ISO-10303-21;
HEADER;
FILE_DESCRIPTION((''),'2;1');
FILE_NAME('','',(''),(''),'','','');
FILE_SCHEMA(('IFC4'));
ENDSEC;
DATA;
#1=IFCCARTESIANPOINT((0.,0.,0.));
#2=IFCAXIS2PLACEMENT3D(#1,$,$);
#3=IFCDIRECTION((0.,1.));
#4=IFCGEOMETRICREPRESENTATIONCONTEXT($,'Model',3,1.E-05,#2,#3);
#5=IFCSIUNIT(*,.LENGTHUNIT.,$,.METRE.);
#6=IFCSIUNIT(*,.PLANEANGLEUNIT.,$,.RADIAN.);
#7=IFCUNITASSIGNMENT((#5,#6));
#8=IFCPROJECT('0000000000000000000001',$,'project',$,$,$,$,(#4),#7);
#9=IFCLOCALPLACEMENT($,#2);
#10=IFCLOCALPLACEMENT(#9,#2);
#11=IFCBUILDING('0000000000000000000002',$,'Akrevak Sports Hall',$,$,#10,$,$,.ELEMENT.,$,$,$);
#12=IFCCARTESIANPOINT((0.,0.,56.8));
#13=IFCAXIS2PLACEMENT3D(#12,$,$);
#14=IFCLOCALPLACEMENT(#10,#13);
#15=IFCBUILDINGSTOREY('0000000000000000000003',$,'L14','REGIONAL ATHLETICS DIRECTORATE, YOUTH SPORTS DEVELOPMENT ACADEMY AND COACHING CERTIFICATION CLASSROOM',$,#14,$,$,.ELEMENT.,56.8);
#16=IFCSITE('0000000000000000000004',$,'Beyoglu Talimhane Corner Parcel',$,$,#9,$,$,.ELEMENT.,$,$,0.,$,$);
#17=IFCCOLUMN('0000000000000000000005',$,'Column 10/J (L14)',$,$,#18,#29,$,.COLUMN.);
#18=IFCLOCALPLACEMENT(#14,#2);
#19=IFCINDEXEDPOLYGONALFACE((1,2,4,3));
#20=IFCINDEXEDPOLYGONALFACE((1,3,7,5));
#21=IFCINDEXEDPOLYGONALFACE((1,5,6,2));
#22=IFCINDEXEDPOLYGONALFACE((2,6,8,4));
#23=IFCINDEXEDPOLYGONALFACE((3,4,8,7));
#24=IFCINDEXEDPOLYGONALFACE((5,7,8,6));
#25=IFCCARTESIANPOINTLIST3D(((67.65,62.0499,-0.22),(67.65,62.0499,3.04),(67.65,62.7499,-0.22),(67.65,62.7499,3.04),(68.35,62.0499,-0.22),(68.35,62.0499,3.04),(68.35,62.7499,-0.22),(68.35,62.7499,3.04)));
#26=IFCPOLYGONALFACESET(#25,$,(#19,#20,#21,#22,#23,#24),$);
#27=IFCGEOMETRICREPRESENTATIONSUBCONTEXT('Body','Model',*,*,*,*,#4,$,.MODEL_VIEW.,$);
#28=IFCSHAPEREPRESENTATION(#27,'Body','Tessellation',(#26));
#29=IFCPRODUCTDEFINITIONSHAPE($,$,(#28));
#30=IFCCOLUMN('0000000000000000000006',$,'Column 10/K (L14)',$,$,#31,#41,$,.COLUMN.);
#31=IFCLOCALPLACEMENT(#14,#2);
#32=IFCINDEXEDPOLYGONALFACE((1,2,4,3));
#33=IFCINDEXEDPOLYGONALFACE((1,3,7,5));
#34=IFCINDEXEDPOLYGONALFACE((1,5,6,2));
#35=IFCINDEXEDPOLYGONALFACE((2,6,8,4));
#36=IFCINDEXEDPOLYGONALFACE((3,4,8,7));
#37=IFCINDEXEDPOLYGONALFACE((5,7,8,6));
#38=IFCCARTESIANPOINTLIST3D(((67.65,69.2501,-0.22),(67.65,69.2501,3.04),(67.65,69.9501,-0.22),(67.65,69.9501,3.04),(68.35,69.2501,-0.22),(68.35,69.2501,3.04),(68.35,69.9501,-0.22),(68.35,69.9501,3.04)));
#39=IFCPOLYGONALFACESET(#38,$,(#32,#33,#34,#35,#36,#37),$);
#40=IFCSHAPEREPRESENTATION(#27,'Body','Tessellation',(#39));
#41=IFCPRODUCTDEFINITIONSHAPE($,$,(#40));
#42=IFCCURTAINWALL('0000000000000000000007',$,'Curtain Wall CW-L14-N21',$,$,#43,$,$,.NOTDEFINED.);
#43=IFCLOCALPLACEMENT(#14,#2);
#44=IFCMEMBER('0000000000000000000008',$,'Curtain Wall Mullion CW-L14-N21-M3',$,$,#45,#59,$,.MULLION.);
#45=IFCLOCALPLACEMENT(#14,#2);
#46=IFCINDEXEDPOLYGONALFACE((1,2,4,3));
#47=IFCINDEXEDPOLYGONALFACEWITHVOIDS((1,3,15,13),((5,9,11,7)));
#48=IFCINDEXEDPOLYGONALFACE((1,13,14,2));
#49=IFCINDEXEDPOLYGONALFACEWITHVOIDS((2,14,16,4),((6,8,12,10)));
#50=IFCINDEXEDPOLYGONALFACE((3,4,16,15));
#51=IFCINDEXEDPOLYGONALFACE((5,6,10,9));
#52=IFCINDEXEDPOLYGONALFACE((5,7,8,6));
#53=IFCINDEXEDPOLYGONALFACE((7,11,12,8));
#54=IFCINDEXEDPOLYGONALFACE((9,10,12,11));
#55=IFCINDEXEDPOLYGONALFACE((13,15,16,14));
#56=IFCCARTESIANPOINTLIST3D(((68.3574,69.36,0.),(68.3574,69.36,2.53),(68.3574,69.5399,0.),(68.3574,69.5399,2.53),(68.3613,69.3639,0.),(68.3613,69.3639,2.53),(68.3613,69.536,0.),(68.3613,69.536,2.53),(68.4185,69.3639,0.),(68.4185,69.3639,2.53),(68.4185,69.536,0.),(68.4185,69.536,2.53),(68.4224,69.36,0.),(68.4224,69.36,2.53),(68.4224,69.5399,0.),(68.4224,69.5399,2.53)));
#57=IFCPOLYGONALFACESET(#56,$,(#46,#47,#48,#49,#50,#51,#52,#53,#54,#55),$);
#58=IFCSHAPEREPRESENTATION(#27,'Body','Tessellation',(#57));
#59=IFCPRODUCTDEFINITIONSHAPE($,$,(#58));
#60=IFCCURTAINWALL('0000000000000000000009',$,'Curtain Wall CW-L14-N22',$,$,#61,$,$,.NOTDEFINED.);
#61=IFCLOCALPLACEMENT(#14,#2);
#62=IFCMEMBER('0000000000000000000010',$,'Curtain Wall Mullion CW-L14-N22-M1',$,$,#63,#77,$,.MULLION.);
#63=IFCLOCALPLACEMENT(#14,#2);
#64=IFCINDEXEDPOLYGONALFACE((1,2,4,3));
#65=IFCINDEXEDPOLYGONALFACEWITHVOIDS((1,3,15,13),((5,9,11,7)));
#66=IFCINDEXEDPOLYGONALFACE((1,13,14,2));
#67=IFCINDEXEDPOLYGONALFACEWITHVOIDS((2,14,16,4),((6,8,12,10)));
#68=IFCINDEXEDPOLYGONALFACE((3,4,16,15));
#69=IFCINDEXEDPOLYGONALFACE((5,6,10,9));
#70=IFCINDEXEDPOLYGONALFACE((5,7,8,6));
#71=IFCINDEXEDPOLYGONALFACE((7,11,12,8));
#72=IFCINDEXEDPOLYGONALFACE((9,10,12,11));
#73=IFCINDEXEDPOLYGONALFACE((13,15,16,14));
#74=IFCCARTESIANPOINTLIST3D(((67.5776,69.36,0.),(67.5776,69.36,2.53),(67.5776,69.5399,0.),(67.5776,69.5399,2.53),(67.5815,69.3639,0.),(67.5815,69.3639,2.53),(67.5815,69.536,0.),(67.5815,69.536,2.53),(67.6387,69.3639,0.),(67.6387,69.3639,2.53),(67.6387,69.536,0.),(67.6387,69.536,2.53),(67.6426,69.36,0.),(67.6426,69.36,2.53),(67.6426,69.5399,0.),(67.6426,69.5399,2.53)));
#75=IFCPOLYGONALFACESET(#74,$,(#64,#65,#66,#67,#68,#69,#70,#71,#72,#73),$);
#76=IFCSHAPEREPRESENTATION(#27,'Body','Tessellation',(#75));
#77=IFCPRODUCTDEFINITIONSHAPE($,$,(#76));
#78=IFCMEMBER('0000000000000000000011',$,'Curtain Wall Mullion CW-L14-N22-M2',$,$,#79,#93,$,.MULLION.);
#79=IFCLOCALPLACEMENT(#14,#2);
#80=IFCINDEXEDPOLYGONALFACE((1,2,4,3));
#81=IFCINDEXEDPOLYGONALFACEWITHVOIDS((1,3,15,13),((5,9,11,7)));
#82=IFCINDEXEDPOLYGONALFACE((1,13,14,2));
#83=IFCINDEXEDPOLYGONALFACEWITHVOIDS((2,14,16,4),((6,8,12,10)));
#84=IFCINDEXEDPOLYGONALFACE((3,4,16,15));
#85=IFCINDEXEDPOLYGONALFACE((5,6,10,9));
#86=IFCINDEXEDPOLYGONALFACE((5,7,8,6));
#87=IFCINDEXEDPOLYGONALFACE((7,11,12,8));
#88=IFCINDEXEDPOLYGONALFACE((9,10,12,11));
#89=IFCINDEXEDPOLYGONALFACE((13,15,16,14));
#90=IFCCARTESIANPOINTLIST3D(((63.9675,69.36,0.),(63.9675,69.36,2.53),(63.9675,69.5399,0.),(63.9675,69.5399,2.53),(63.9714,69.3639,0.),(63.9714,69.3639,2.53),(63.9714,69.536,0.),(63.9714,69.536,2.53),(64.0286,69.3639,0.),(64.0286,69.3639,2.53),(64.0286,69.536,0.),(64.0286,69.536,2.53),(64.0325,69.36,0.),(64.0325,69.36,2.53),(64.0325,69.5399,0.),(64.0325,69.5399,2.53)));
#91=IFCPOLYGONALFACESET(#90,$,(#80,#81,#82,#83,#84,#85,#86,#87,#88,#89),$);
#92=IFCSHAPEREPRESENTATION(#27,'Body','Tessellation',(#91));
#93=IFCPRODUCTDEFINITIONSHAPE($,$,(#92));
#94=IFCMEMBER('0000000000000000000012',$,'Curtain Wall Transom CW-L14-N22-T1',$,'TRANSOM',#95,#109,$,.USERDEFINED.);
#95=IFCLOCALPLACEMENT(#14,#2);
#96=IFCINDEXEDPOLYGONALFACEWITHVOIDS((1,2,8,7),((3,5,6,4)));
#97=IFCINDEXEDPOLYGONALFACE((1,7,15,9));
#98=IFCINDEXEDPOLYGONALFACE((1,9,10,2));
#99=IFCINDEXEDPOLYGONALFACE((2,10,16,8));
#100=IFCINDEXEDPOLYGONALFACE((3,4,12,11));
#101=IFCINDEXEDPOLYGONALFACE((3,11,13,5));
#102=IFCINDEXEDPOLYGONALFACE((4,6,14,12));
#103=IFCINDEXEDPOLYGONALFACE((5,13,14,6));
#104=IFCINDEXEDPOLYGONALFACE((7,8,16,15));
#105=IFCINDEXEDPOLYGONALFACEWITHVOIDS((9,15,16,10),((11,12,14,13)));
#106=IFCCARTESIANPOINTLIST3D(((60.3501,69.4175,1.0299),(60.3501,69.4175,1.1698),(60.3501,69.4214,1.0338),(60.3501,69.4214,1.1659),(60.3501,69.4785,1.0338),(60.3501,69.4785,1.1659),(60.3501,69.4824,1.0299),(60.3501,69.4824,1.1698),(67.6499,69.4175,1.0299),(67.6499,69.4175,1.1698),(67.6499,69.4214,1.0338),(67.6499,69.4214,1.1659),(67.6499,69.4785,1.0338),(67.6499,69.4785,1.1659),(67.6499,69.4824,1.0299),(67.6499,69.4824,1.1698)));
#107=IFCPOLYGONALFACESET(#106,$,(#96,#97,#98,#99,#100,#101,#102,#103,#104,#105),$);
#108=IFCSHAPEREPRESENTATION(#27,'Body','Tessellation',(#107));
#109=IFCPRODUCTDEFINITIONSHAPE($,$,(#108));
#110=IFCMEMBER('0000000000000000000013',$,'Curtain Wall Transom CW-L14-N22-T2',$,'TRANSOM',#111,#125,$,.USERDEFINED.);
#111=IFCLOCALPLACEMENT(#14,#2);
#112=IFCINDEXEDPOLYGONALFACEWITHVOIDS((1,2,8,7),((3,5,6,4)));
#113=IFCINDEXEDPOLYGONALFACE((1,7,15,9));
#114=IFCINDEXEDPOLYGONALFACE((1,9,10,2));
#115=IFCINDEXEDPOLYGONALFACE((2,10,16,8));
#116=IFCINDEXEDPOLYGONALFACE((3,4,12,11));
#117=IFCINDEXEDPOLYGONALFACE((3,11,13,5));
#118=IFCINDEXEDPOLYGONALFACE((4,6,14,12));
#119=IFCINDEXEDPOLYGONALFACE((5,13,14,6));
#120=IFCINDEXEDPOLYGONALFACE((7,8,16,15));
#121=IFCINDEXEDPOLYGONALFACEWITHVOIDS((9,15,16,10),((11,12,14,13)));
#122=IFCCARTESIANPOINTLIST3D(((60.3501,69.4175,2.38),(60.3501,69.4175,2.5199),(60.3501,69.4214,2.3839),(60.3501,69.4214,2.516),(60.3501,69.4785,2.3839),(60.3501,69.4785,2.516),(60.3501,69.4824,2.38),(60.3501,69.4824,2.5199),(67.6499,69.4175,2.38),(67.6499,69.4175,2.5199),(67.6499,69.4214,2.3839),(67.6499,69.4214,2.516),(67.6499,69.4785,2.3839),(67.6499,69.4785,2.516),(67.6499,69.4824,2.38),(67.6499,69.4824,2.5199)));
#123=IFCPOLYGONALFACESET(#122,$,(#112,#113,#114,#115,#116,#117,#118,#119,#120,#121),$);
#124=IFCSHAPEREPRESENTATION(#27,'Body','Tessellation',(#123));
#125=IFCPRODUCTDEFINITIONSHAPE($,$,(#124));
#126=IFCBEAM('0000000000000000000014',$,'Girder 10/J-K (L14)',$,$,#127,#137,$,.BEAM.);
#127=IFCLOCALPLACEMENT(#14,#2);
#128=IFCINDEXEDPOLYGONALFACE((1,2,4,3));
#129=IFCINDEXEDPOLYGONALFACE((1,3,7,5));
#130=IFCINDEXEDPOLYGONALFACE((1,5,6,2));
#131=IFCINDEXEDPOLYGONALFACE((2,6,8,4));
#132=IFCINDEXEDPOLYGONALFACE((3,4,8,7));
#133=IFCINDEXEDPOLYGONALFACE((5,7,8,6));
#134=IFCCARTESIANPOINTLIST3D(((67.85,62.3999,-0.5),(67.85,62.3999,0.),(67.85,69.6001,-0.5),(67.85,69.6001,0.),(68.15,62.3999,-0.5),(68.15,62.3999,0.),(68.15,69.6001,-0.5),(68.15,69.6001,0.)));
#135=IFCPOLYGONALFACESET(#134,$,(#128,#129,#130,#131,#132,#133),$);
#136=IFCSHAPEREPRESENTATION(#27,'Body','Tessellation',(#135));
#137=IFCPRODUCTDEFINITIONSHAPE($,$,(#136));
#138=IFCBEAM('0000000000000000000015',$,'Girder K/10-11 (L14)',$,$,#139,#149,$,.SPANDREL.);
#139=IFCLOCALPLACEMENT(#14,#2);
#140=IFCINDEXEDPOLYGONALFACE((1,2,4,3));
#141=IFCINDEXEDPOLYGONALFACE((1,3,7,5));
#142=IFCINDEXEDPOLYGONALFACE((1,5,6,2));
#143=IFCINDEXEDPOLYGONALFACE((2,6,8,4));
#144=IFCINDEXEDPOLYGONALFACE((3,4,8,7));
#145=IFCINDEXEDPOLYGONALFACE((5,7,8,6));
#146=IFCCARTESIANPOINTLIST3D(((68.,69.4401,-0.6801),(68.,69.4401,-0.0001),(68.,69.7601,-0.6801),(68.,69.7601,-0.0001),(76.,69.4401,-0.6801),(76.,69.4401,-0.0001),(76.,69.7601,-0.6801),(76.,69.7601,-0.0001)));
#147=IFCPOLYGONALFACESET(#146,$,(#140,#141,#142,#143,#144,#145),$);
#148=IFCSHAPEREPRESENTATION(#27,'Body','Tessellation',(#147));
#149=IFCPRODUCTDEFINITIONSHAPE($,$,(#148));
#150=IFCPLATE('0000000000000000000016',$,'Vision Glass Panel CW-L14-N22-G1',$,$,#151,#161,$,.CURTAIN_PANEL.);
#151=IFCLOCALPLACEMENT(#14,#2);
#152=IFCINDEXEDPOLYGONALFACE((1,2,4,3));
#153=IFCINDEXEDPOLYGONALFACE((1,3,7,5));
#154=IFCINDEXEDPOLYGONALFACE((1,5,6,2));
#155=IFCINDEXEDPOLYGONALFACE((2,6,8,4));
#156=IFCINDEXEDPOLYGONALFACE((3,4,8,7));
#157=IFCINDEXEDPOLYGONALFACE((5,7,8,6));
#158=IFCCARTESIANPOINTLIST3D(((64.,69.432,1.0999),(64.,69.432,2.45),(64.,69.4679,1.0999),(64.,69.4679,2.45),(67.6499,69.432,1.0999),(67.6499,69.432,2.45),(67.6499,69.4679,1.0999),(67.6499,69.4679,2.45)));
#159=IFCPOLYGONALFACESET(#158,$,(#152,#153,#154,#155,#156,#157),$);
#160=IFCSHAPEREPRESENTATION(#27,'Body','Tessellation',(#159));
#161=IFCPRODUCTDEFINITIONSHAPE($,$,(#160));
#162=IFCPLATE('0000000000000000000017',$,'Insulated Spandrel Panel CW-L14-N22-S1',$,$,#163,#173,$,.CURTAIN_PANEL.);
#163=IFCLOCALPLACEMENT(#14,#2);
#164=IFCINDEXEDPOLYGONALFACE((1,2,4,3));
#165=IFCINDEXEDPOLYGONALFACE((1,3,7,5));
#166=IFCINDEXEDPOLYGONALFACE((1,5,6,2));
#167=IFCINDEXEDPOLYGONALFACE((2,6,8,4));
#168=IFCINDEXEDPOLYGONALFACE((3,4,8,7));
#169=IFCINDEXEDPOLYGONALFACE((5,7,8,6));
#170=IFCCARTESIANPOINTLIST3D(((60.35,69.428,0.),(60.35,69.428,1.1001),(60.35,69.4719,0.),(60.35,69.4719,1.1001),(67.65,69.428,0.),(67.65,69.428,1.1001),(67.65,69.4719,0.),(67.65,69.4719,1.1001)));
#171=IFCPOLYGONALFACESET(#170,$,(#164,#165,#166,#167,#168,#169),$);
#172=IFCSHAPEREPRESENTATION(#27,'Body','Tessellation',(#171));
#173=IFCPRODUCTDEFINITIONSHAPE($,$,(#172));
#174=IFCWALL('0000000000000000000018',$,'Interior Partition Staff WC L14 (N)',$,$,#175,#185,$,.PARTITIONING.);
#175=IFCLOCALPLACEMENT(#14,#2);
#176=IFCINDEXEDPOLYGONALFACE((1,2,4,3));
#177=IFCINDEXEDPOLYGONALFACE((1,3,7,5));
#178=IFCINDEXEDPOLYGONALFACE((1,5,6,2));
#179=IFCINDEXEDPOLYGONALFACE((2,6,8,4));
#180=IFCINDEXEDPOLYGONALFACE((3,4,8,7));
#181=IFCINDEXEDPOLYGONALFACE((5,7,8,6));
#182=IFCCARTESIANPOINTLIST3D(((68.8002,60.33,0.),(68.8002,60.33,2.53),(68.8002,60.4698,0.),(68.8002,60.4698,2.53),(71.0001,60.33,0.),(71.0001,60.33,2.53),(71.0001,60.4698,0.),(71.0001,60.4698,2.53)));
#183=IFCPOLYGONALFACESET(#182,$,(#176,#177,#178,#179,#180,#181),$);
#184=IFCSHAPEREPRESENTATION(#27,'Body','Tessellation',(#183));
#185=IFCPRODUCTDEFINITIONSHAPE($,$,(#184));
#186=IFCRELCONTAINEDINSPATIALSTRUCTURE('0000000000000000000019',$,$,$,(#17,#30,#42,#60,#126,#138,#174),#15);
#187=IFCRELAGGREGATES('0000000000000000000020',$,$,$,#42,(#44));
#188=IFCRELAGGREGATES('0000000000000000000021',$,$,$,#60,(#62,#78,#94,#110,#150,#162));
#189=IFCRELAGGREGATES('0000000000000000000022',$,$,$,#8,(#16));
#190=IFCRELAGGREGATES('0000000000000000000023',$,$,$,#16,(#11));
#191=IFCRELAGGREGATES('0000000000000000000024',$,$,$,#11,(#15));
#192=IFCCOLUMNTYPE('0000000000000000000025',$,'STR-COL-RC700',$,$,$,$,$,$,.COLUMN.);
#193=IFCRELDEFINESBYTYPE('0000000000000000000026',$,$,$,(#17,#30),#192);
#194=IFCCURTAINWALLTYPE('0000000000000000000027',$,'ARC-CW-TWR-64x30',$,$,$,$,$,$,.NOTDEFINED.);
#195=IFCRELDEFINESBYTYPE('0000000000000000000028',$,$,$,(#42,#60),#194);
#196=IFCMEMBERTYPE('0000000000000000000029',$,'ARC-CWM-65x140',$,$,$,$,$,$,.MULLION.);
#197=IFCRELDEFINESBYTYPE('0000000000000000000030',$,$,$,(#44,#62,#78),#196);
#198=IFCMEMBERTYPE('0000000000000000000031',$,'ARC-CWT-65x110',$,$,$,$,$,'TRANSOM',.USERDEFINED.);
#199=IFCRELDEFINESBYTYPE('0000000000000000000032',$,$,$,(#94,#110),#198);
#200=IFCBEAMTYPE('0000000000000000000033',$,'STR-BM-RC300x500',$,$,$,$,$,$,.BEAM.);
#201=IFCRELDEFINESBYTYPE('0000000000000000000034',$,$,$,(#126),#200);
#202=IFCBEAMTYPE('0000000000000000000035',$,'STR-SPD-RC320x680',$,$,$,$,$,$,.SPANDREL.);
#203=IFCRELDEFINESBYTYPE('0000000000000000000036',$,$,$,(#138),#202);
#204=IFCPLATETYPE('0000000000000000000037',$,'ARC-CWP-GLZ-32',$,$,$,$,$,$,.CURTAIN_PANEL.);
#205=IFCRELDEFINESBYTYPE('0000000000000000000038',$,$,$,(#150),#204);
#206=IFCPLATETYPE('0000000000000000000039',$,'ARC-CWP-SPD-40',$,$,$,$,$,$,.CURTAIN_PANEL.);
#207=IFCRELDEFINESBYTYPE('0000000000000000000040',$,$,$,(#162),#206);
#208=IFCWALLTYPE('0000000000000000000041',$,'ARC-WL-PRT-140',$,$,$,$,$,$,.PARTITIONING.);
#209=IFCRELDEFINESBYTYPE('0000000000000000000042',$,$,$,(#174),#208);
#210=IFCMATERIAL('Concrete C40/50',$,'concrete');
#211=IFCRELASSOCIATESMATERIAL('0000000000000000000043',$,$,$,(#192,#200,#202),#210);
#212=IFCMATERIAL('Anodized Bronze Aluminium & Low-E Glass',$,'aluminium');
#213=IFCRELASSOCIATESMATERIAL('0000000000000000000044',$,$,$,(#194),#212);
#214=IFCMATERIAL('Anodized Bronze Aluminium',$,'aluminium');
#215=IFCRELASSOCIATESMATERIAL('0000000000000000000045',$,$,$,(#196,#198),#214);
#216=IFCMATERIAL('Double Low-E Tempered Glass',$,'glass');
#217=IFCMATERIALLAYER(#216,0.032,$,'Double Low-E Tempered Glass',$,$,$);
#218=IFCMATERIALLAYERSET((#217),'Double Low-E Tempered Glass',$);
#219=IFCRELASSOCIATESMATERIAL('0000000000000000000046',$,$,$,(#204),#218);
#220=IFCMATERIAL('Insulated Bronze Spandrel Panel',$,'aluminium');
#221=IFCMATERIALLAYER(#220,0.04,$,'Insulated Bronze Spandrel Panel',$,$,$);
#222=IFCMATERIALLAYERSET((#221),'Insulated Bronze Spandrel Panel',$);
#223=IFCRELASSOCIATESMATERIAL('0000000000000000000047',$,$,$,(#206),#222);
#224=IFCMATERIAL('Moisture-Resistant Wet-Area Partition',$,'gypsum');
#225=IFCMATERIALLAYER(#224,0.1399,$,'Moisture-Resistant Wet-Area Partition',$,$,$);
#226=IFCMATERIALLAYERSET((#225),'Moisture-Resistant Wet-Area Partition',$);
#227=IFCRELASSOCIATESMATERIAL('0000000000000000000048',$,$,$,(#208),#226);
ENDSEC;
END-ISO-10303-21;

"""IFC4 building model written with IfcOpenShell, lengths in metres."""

from ifc_helpers import new_model, si_unit, direction, frame, frame_2d, origin, origin_2d, place, context, subcontext, project, spatial, rectangle, hollow_rectangle, extrude, material, layer, layer_set, material_profile, profile_set, type_object, element, aggregate, save


model = new_model("IFC4")

# Units and contexts
model_context = context("Model", 3, precision=1e-05, world=origin(), true_north=direction((0.0, 1.0)))
body_context = subcontext(model_context, "Body", "Model", "MODEL_VIEW")
ifc_project = project(units=[si_unit("LENGTHUNIT", "METRE"), si_unit("PLANEANGLEUNIT", "RADIAN")], contexts=[model_context])

# Site, building, storey
site_placement = place(None, origin())
site = spatial("IfcSite", under=ifc_project, at=site_placement, Name="Beyoglu Talimhane Corner Parcel", CompositionType="ELEMENT", RefElevation=0.0)
building_placement = place(site_placement, origin())
building = spatial("IfcBuilding", under=site, at=building_placement, Name="Akrevak Sports Hall", CompositionType="ELEMENT")
storey_placement = place(building_placement, frame((0.0, 0.0, 56.8)))
storey = spatial("IfcBuildingStorey", under=building, at=storey_placement, Name="L14", Description="REGIONAL ATHLETICS DIRECTORATE, YOUTH SPORTS DEVELOPMENT ACADEMY AND COACHING CERTIFICATION CLASSROOM", CompositionType="ELEMENT", Elevation=56.8)

# Columns
ifc_material_1 = material(Name="Concrete C40/50", Category="concrete")
ifc_material_profile_1 = material_profile(ifc_material_1, rectangle(XDim=0.7, YDim=0.7, at=origin_2d()), Name="RC 700x700", Category="concrete")
ifc_profile_set_1 = profile_set([ifc_material_profile_1], Name="Concrete C40/50")
column_type = type_object("IfcColumnType", Name="STR-COL-RC700", PredefinedType="COLUMN", material=ifc_profile_set_1)
for number, where, z_axis, x_axis, name in (
    (1, (68.0, 62.3999, -0.22), (0.0, 0.0, 1.0), (1.0, 0.0, 0.0), "Column 10/J (L14)"),
    (2, (68.0, 69.6001, -0.22), (0.0, 0.0, 1.0), (1.0, 0.0, 0.0), "Column 10/K (L14)"),
):
    element("IfcColumn", number, at=place(storey_placement, frame(where, z_axis=z_axis, x_axis=x_axis)), inside=storey, type_object=column_type, Name=name, PredefinedType="COLUMN", context=body_context, shape_type="SweptSolid", body=[
        extrude(rectangle(XDim=0.7, YDim=0.7, at=origin_2d()), origin(), (0.0, 0.0, 1.0), 3.26),
    ])

# Curtain wall, member
ifc_material_2 = material(Name="Anodized Bronze Aluminium & Low-E Glass", Category="aluminium")
curtain_wall_type = type_object("IfcCurtainWallType", Name="ARC-CW-TWR-64x30", PredefinedType="NOTDEFINED", material=ifc_material_2)
curtain_wall_1_placement = place(storey_placement, origin())
curtain_wall_1 = element("IfcCurtainWall", 3, at=curtain_wall_1_placement, inside=storey, type_object=curtain_wall_type, Name="Curtain Wall CW-L14-N21", PredefinedType="NOTDEFINED")
ifc_material_3 = material(Name="Anodized Bronze Aluminium", Category="aluminium")
ifc_material_profile_2 = material_profile(ifc_material_3, hollow_rectangle(XDim=0.0649, YDim=0.1799, WallThickness=0.0039, at=origin_2d()), Name="CWM 65x180", Category="aluminium")
ifc_profile_set_2 = profile_set([ifc_material_profile_2], Name="Anodized Bronze Aluminium")
member_type_1 = type_object("IfcMemberType", Name="ARC-CWM-65x140", PredefinedType="MULLION", material=ifc_profile_set_2)
member_1_placement = place(storey_placement, frame((68.3899, 69.45, 0.0), z_axis=(0.0, 0.0, 1.0), x_axis=(-1.0, 0.0, 0.0)))
member_1 = element("IfcMember", 4, at=member_1_placement, type_object=member_type_1, Name="Curtain Wall Mullion CW-L14-N21-M3", PredefinedType="MULLION", context=body_context, shape_type="SweptSolid", body=[
    extrude(hollow_rectangle(XDim=0.0649, YDim=0.1799, WallThickness=0.0039, at=origin_2d()), origin(), (0.0, 0.0, 1.0), 2.53),
])
aggregate(curtain_wall_1, [member_1])

# Curtain wall, members
curtain_wall_2_placement = place(storey_placement, origin())
curtain_wall_2 = element("IfcCurtainWall", 5, at=curtain_wall_2_placement, inside=storey, type_object=curtain_wall_type, Name="Curtain Wall CW-L14-N22", PredefinedType="NOTDEFINED")
member_2_placement = place(storey_placement, frame((67.6101, 69.45, 0.0), z_axis=(0.0, 0.0, 1.0), x_axis=(-1.0, 0.0, 0.0)))
member_2 = element("IfcMember", 6, at=member_2_placement, type_object=member_type_1, Name="Curtain Wall Mullion CW-L14-N22-M1", PredefinedType="MULLION", context=body_context, shape_type="SweptSolid", body=[
    extrude(hollow_rectangle(XDim=0.0649, YDim=0.1799, WallThickness=0.0039, at=origin_2d()), origin(), (0.0, 0.0, 1.0), 2.53),
])
member_3_placement = place(storey_placement, frame((64.0, 69.45, 0.0), z_axis=(0.0, 0.0, 1.0), x_axis=(-1.0, 0.0, 0.0)))
member_3 = element("IfcMember", 7, at=member_3_placement, type_object=member_type_1, Name="Curtain Wall Mullion CW-L14-N22-M2", PredefinedType="MULLION", context=body_context, shape_type="SweptSolid", body=[
    extrude(hollow_rectangle(XDim=0.0649, YDim=0.1799, WallThickness=0.0039, at=origin_2d()), origin(), (0.0, 0.0, 1.0), 2.53),
])
ifc_material_profile_3 = material_profile(ifc_material_3, hollow_rectangle(XDim=0.0649, YDim=0.1399, WallThickness=0.0039, at=origin_2d()), Name="CWT 65x140", Category="aluminium")
ifc_profile_set_3 = profile_set([ifc_material_profile_3], Name="Anodized Bronze Aluminium")
member_type_2 = type_object("IfcMemberType", Name="ARC-CWT-65x110", ElementType="TRANSOM", PredefinedType="USERDEFINED", material=ifc_profile_set_3)
member_4_placement = place(storey_placement, frame((67.6499, 69.45, 1.0999), z_axis=(-1.0, 0.0, 0.0), x_axis=(0.0, -1.0, 0.0)))
member_4 = element("IfcMember", 8, at=member_4_placement, type_object=member_type_2, Name="Curtain Wall Transom CW-L14-N22-T1", ObjectType="TRANSOM", PredefinedType="USERDEFINED", context=body_context, shape_type="SweptSolid", body=[
    extrude(hollow_rectangle(XDim=0.0649, YDim=0.1399, WallThickness=0.0039, at=origin_2d()), origin(), (0.0, 0.0, 1.0), 7.2998),
])
member_5_placement = place(storey_placement, frame((67.6499, 69.45, 2.45), z_axis=(-1.0, 0.0, 0.0), x_axis=(0.0, -1.0, 0.0)))
member_5 = element("IfcMember", 9, at=member_5_placement, type_object=member_type_2, Name="Curtain Wall Transom CW-L14-N22-T2", ObjectType="TRANSOM", PredefinedType="USERDEFINED", context=body_context, shape_type="SweptSolid", body=[
    extrude(hollow_rectangle(XDim=0.0649, YDim=0.1399, WallThickness=0.0039, at=origin_2d()), origin(), (0.0, 0.0, 1.0), 7.2998),
])

# Beams
ifc_material_profile_4 = material_profile(ifc_material_1, rectangle(XDim=0.3, YDim=0.5, at=origin_2d()), Name="BM 300x500", Category="concrete")
ifc_profile_set_4 = profile_set([ifc_material_profile_4], Name="Concrete C40/50")
beam_type_1 = type_object("IfcBeamType", Name="STR-BM-RC300x500", PredefinedType="BEAM", material=ifc_profile_set_4)
beam_1_placement = place(storey_placement, frame((68.0, 62.3999, -0.25), z_axis=(0.0, 1.0, 0.0), x_axis=(-1.0, 0.0, 0.0)))
element("IfcBeam", 10, at=beam_1_placement, inside=storey, type_object=beam_type_1, Name="Girder 10/J-K (L14)", PredefinedType="BEAM", context=body_context, shape_type="SweptSolid", body=[
    extrude(rectangle(XDim=0.3, YDim=0.5, at=origin_2d()), origin(), (0.0, 0.0, 1.0), 7.2002),
])
ifc_material_profile_5 = material_profile(ifc_material_1, rectangle(XDim=0.3201, YDim=0.6799, at=origin_2d()), Name="SPD 320x680", Category="concrete")
ifc_profile_set_5 = profile_set([ifc_material_profile_5], Name="Concrete C40/50")
beam_type_2 = type_object("IfcBeamType", Name="STR-SPD-RC320x680", PredefinedType="SPANDREL", material=ifc_profile_set_5)
beam_2_placement = place(storey_placement, frame((68.0, 69.6001, -0.3401), z_axis=(1.0, 0.0, 0.0), x_axis=(0.0, 1.0, 0.0)))
element("IfcBeam", 11, at=beam_2_placement, inside=storey, type_object=beam_type_2, Name="Girder K/10-11 (L14)", PredefinedType="SPANDREL", context=body_context, shape_type="SweptSolid", body=[
    extrude(rectangle(XDim=0.3201, YDim=0.6799, at=origin_2d()), origin(), (0.0, 0.0, 1.0), 8.0),
])

# Plates
ifc_material_4 = material(Name="Double Low-E Tempered Glass", Category="glass")
ifc_layer_1 = layer(ifc_material_4, 0.032, Name="Double Low-E Tempered Glass")
ifc_layer_set_1 = layer_set([ifc_layer_1], Name="Double Low-E Tempered Glass")
plate_type_1 = type_object("IfcPlateType", Name="ARC-CWP-GLZ-32", PredefinedType="CURTAIN_PANEL", material=ifc_layer_set_1)
plate_1_placement = place(storey_placement, frame((65.825, 69.45, 1.0999), z_axis=(0.0, 0.0, 1.0), x_axis=(-1.0, 0.0, 0.0)))
plate_1 = element("IfcPlate", 12, at=plate_1_placement, type_object=plate_type_1, Name="Vision Glass Panel CW-L14-N22-G1", PredefinedType="CURTAIN_PANEL", context=body_context, shape_type="SweptSolid", body=[
    extrude(rectangle(XDim=3.6499, YDim=0.0359, at=origin_2d()), origin(), (0.0, 0.0, 1.0), 1.3501),
])
ifc_material_5 = material(Name="Insulated Bronze Spandrel Panel", Category="aluminium")
ifc_layer_2 = layer(ifc_material_5, 0.04, Name="Insulated Bronze Spandrel Panel")
ifc_layer_set_2 = layer_set([ifc_layer_2], Name="Insulated Bronze Spandrel Panel")
plate_type_2 = type_object("IfcPlateType", Name="ARC-CWP-SPD-40", PredefinedType="CURTAIN_PANEL", material=ifc_layer_set_2)
plate_2_placement = place(storey_placement, frame((64.0, 69.45, 0.0), z_axis=(0.0, 0.0, 1.0), x_axis=(-1.0, 0.0, 0.0)))
plate_2 = element("IfcPlate", 13, at=plate_2_placement, type_object=plate_type_2, Name="Insulated Spandrel Panel CW-L14-N22-S1", PredefinedType="CURTAIN_PANEL", context=body_context, shape_type="SweptSolid", body=[
    extrude(rectangle(XDim=7.3, YDim=0.0439, at=origin_2d()), origin(), (0.0, 0.0, 1.0), 1.1001),
])
aggregate(curtain_wall_2, [member_2, member_3, member_4, member_5, plate_1, plate_2])

# Wall
ifc_material_6 = material(Name="Moisture-Resistant Wet-Area Partition", Category="gypsum")
ifc_layer_3 = layer(ifc_material_6, 0.1399, Name="Moisture-Resistant Wet-Area Partition")
ifc_layer_set_3 = layer_set([ifc_layer_3], Name="Moisture-Resistant Wet-Area Partition")
wall_type_1 = type_object("IfcWallType", Name="ARC-WL-PRT-140", PredefinedType="PARTITIONING", material=ifc_layer_set_3)
wall_1_placement = place(storey_placement, frame((68.8, 60.3999, 0.0), z_axis=(0.0, 0.0, 1.0), x_axis=(1.0, 0.0, 0.0)))
element("IfcWall", 14, at=wall_1_placement, inside=storey, type_object=wall_type_1, Name="Interior Partition Staff WC L14 (N)", PredefinedType="PARTITIONING", context=body_context, shape_type="SweptSolid", body=[
    extrude(rectangle(XDim=2.2, YDim=0.1399, at=frame_2d((1.1001, 0.0))), origin(), (0.0, 0.0, 1.0), 2.53),
])

save(model, "model.ifc")
